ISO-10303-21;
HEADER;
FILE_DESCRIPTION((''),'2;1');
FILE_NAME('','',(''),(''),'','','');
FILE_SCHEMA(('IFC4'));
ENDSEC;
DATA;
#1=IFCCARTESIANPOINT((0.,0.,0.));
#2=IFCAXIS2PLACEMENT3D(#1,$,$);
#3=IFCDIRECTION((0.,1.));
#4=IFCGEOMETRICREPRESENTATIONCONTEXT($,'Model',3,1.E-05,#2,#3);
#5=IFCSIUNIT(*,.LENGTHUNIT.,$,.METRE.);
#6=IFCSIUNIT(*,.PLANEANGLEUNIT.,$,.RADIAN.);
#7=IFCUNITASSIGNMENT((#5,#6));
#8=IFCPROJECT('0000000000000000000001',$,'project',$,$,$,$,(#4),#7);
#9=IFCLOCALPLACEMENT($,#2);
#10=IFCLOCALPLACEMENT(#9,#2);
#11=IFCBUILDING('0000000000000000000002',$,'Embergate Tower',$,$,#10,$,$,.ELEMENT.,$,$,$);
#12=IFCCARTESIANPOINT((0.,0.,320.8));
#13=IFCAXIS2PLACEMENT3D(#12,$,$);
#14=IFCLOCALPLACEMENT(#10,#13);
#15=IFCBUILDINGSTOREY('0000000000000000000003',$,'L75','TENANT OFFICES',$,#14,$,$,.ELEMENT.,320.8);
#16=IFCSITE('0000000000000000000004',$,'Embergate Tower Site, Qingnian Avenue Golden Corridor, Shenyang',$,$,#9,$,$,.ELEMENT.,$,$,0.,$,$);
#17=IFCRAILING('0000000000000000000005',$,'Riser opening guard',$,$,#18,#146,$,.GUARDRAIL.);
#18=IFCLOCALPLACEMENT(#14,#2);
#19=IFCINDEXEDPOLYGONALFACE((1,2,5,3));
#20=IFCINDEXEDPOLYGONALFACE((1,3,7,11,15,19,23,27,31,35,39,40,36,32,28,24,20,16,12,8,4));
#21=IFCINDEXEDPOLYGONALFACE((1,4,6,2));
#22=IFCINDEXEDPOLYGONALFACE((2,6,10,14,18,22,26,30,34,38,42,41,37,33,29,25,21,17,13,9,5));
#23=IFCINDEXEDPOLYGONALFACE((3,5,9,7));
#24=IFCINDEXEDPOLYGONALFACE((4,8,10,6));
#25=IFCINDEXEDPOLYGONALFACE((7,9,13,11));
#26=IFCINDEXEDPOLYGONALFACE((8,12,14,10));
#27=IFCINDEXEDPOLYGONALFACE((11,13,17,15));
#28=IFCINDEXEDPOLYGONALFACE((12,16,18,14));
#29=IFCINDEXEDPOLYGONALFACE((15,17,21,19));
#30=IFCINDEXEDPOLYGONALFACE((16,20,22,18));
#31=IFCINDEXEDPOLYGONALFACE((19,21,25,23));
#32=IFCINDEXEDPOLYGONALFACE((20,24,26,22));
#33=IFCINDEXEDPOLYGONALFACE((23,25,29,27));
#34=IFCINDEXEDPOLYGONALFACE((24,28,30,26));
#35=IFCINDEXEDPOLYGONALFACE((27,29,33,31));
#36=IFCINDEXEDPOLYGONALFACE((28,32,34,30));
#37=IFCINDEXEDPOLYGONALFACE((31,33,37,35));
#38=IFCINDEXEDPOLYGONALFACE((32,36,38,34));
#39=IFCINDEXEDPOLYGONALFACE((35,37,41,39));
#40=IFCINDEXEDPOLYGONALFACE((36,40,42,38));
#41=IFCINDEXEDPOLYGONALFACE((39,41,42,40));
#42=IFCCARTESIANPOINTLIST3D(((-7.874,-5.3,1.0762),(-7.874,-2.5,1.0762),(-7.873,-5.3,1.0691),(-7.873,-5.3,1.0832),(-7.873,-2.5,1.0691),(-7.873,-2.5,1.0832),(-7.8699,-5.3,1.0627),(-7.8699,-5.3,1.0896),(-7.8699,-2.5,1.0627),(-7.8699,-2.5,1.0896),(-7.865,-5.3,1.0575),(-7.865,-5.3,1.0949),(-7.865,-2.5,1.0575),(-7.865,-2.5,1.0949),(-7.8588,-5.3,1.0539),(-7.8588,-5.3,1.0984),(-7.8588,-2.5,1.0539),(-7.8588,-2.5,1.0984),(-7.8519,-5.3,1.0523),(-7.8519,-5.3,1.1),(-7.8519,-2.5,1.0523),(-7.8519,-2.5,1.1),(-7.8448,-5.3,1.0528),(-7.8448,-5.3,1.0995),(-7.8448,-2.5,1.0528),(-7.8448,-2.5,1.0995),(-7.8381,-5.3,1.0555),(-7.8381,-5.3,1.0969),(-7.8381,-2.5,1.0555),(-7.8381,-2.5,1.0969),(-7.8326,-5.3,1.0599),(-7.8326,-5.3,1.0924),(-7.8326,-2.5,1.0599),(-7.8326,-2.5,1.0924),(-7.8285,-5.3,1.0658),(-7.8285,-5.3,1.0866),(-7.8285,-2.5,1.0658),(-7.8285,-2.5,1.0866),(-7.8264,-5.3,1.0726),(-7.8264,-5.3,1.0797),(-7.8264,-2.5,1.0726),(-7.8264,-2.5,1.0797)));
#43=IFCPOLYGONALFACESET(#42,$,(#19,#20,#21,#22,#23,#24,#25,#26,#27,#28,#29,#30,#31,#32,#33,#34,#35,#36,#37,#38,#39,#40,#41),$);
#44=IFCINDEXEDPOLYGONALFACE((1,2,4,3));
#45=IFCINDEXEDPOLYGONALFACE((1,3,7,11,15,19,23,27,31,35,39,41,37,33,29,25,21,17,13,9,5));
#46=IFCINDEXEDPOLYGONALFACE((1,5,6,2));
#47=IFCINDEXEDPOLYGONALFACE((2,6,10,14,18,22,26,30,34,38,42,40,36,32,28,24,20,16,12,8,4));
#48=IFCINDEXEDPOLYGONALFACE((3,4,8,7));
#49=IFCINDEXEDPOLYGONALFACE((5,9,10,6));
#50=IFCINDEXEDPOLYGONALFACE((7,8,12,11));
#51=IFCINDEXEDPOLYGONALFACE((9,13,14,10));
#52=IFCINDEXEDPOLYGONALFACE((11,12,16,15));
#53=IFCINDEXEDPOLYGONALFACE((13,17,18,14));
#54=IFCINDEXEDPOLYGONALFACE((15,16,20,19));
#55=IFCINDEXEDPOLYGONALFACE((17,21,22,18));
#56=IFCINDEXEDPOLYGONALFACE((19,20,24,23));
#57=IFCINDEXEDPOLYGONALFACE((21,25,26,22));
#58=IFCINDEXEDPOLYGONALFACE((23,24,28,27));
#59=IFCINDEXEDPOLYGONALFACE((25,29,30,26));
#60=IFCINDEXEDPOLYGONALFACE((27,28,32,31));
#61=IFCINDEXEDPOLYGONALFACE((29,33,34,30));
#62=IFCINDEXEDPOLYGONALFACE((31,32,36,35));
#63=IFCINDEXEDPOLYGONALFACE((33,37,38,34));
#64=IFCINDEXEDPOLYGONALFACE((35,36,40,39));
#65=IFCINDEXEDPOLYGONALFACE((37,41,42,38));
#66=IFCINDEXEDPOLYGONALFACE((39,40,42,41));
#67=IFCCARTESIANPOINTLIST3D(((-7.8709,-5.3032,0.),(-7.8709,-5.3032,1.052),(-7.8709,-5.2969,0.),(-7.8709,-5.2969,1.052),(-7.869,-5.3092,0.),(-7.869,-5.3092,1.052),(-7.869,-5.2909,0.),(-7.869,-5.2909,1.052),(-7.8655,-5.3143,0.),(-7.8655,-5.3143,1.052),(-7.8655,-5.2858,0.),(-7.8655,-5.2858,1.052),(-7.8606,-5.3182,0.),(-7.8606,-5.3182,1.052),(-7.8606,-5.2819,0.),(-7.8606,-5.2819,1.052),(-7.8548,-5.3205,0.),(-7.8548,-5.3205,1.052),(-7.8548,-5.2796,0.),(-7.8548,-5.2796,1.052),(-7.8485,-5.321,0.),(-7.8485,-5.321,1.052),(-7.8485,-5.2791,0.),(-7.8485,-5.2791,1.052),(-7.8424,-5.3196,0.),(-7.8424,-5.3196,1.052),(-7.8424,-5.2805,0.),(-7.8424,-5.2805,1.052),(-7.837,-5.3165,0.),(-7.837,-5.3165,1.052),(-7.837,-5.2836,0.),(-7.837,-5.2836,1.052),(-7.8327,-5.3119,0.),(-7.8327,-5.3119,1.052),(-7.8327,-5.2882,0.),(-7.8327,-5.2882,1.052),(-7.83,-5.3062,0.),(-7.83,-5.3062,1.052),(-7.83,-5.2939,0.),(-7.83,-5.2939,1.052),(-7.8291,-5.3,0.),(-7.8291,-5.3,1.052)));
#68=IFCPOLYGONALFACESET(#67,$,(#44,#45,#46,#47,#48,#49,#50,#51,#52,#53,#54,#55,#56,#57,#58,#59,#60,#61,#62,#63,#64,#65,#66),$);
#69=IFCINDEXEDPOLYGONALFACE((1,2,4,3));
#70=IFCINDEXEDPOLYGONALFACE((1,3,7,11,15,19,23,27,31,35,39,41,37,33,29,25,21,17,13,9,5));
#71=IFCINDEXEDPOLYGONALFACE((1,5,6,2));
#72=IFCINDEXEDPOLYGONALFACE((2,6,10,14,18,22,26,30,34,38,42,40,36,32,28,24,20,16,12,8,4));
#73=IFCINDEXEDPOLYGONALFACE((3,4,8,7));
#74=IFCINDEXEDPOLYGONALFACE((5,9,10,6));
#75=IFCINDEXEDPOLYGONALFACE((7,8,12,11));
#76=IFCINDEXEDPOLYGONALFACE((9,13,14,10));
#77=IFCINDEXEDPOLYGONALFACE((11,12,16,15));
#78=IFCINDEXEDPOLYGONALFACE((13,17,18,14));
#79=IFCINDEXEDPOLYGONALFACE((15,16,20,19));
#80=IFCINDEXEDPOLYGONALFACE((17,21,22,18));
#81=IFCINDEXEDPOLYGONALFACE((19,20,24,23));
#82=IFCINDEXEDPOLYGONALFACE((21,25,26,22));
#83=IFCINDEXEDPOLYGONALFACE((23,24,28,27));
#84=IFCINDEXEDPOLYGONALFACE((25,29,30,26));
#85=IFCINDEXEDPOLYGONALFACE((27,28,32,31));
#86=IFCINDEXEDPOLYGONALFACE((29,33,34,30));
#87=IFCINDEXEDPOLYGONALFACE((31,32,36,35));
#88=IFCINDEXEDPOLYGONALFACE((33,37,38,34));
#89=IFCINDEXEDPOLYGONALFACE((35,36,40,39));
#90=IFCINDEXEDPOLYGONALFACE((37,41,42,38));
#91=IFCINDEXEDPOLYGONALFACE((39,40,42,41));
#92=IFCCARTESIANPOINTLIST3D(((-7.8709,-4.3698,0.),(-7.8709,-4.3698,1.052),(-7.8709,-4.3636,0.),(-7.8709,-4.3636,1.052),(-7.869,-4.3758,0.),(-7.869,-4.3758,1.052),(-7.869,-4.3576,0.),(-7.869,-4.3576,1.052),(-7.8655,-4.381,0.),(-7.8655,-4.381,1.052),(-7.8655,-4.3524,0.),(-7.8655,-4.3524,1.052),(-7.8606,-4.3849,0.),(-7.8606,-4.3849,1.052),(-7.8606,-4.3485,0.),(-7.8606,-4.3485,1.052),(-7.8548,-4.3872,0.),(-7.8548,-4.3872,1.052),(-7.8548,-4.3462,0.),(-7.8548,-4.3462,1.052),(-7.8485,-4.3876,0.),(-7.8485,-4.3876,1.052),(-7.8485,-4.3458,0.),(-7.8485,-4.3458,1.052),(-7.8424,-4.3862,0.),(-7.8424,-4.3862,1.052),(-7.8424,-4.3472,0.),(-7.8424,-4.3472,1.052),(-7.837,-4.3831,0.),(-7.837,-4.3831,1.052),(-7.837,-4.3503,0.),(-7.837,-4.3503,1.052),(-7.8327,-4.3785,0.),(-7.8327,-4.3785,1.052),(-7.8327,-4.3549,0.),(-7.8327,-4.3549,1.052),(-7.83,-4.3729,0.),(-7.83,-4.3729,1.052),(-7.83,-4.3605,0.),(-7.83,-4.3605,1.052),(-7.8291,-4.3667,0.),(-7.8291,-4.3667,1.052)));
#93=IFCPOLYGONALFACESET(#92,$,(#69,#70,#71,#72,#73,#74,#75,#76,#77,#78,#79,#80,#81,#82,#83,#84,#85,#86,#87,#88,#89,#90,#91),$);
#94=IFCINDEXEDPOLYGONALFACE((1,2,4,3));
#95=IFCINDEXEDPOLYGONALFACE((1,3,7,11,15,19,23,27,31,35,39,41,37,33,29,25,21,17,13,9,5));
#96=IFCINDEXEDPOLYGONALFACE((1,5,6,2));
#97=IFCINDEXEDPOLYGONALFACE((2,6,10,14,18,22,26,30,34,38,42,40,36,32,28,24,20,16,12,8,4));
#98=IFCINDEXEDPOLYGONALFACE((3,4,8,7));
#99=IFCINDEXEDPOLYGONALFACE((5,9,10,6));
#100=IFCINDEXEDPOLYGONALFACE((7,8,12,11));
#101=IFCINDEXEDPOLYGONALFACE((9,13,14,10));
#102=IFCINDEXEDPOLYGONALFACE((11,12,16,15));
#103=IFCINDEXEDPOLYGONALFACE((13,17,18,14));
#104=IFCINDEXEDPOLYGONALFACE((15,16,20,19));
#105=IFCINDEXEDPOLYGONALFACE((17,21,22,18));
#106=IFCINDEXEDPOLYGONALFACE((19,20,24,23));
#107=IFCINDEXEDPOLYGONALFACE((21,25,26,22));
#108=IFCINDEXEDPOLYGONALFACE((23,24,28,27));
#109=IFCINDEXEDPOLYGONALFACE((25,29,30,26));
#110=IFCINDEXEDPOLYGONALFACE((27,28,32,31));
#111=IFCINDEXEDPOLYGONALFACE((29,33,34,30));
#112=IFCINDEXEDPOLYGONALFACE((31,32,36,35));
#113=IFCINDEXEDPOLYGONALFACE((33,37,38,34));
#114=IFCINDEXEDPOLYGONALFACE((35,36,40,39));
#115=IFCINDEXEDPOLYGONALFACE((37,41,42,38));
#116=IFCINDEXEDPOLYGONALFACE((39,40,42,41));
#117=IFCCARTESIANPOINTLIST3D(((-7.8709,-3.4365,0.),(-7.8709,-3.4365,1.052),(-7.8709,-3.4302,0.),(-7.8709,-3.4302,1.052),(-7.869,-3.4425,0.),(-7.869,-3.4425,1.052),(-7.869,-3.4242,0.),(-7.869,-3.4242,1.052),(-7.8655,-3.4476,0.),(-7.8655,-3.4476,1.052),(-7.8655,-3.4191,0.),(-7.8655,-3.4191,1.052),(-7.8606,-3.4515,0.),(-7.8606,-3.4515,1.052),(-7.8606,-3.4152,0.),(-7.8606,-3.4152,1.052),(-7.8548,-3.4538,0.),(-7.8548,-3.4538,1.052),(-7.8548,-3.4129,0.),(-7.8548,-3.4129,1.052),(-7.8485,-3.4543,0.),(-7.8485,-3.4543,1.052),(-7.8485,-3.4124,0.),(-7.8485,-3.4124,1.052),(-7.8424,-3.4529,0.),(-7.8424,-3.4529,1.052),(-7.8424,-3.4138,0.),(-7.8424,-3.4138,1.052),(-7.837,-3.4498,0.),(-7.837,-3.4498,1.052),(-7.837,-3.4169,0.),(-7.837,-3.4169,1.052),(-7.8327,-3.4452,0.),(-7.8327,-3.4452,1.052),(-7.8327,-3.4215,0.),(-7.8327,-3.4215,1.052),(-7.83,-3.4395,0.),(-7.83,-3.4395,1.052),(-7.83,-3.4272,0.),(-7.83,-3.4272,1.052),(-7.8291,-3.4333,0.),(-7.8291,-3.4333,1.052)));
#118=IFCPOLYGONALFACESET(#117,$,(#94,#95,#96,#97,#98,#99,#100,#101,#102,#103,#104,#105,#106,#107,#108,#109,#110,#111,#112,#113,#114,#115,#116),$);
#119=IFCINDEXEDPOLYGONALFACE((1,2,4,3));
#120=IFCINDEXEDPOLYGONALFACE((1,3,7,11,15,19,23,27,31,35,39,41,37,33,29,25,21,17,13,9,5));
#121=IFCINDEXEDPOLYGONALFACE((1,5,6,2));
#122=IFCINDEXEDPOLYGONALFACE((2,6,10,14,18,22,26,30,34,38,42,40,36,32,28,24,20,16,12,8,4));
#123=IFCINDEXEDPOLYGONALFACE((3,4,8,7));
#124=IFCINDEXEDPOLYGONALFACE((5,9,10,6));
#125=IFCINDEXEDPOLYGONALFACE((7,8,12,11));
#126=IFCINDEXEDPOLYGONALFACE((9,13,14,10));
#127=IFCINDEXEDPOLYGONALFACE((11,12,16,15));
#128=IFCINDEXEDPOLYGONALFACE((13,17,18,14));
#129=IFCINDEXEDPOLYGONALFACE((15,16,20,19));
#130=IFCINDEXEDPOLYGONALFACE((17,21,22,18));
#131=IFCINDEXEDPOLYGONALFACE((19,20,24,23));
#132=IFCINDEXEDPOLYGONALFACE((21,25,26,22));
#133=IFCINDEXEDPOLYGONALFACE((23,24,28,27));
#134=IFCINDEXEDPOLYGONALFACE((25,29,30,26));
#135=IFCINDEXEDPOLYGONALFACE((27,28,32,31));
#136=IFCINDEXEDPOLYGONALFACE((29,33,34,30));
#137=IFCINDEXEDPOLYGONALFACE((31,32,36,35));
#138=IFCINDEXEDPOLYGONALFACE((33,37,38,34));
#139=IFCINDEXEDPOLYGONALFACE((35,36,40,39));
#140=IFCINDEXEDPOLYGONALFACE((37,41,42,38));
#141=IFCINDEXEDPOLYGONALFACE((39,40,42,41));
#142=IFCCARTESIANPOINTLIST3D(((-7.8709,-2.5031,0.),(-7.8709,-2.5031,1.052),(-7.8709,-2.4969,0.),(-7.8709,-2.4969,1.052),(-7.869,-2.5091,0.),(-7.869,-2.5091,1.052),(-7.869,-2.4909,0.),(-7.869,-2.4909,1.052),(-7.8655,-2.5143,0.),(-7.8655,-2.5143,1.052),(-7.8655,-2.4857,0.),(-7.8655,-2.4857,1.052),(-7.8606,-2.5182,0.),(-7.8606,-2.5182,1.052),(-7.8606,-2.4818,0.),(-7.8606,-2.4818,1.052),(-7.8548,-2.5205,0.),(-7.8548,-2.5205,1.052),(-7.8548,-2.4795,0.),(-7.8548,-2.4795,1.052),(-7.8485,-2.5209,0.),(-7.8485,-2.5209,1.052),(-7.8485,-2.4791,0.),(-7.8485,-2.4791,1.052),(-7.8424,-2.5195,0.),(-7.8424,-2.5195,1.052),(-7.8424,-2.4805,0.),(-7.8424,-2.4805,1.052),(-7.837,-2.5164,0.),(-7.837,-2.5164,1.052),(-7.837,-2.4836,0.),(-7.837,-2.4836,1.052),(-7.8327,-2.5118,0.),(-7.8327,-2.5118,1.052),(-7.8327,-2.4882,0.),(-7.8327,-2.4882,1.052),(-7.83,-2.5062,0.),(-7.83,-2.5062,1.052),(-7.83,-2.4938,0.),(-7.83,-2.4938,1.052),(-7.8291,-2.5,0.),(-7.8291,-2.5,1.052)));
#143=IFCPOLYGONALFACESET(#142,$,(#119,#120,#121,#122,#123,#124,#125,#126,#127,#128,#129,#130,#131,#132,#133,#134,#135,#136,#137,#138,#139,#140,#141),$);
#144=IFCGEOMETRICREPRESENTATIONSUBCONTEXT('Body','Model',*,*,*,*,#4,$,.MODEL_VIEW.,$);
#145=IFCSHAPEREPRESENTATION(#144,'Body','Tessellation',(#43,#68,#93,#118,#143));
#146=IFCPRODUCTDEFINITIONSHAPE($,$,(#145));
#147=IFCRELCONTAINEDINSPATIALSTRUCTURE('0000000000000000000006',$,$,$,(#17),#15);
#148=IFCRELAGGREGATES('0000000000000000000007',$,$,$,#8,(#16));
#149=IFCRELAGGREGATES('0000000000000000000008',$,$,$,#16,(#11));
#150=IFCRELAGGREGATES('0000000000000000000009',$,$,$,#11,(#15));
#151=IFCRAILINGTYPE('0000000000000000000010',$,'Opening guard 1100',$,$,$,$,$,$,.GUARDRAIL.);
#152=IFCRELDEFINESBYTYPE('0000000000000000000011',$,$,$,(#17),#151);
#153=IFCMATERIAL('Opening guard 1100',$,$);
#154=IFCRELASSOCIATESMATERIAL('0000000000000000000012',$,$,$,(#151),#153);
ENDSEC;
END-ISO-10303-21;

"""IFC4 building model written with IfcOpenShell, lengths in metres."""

from ifc_helpers import new_model, si_unit, direction, frame, origin, origin_2d, place, context, subcontext, project, spatial, circle, extrude, source, transform, mapped, material, type_object, element, save


model = new_model("IFC4")

# Units and contexts
model_context = context("Model", 3, precision=1e-05, world=origin(), true_north=direction((0.0, 1.0)))
body_context = subcontext(model_context, "Body", "Model", "MODEL_VIEW")
ifc_project = project(units=[si_unit("LENGTHUNIT", "METRE"), si_unit("PLANEANGLEUNIT", "RADIAN")], contexts=[model_context])

# Site, building, storey
site_placement = place(None, origin())
site = spatial("IfcSite", under=ifc_project, at=site_placement, Name="Embergate Tower Site, Qingnian Avenue Golden Corridor, Shenyang", CompositionType="ELEMENT", RefElevation=0.0)
building_placement = place(site_placement, origin())
building = spatial("IfcBuilding", under=site, at=building_placement, Name="Embergate Tower", CompositionType="ELEMENT")
storey_placement = place(building_placement, frame((0.0, 0.0, 320.8)))
storey = spatial("IfcBuildingStorey", under=building, at=storey_placement, Name="L75", Description="TENANT OFFICES", CompositionType="ELEMENT", Elevation=320.8)

# Railing
ifc_material_1 = material(Name="Opening guard 1100")
railing_type_1 = type_object("IfcRailingType", Name="Opening guard 1100", PredefinedType="GUARDRAIL", material=ifc_material_1)
shared_shape_1 = source(origin(), body_context, "Body", "SweptSolid", [
    extrude(circle(Radius=0.0239, at=origin_2d()), frame((0.0, 0.0, 1.0762), z_axis=(0.0, 1.0, 0.0), x_axis=(-1.0, 0.0, 0.0)), (0.0, 0.0, 1.0), 2.8),
    extrude(circle(Radius=0.021, at=origin_2d()), origin(), (0.0, 0.0, 1.0), 1.052),
    extrude(circle(Radius=0.021, at=origin_2d()), frame((0.0, 0.9333, 0.0)), (0.0, 0.0, 1.0), 1.052),
    extrude(circle(Radius=0.021, at=origin_2d()), frame((0.0, 1.8667, 0.0)), (0.0, 0.0, 1.0), 1.052),
    extrude(circle(Radius=0.021, at=origin_2d()), frame((0.0, 2.8, 0.0)), (0.0, 0.0, 1.0), 1.052),
])
railing_1_placement = place(storey_placement, frame((-7.8501, -5.3, 0.0)))
element("IfcRailing", 1, at=railing_1_placement, inside=storey, type_object=railing_type_1, Name="Riser opening guard", PredefinedType="GUARDRAIL", context=body_context, shape_type="MappedRepresentation", body=[
    mapped(shared_shape_1, transform((0.0, 0.0, 0.0))),
])

save(model, "model.ifc")
